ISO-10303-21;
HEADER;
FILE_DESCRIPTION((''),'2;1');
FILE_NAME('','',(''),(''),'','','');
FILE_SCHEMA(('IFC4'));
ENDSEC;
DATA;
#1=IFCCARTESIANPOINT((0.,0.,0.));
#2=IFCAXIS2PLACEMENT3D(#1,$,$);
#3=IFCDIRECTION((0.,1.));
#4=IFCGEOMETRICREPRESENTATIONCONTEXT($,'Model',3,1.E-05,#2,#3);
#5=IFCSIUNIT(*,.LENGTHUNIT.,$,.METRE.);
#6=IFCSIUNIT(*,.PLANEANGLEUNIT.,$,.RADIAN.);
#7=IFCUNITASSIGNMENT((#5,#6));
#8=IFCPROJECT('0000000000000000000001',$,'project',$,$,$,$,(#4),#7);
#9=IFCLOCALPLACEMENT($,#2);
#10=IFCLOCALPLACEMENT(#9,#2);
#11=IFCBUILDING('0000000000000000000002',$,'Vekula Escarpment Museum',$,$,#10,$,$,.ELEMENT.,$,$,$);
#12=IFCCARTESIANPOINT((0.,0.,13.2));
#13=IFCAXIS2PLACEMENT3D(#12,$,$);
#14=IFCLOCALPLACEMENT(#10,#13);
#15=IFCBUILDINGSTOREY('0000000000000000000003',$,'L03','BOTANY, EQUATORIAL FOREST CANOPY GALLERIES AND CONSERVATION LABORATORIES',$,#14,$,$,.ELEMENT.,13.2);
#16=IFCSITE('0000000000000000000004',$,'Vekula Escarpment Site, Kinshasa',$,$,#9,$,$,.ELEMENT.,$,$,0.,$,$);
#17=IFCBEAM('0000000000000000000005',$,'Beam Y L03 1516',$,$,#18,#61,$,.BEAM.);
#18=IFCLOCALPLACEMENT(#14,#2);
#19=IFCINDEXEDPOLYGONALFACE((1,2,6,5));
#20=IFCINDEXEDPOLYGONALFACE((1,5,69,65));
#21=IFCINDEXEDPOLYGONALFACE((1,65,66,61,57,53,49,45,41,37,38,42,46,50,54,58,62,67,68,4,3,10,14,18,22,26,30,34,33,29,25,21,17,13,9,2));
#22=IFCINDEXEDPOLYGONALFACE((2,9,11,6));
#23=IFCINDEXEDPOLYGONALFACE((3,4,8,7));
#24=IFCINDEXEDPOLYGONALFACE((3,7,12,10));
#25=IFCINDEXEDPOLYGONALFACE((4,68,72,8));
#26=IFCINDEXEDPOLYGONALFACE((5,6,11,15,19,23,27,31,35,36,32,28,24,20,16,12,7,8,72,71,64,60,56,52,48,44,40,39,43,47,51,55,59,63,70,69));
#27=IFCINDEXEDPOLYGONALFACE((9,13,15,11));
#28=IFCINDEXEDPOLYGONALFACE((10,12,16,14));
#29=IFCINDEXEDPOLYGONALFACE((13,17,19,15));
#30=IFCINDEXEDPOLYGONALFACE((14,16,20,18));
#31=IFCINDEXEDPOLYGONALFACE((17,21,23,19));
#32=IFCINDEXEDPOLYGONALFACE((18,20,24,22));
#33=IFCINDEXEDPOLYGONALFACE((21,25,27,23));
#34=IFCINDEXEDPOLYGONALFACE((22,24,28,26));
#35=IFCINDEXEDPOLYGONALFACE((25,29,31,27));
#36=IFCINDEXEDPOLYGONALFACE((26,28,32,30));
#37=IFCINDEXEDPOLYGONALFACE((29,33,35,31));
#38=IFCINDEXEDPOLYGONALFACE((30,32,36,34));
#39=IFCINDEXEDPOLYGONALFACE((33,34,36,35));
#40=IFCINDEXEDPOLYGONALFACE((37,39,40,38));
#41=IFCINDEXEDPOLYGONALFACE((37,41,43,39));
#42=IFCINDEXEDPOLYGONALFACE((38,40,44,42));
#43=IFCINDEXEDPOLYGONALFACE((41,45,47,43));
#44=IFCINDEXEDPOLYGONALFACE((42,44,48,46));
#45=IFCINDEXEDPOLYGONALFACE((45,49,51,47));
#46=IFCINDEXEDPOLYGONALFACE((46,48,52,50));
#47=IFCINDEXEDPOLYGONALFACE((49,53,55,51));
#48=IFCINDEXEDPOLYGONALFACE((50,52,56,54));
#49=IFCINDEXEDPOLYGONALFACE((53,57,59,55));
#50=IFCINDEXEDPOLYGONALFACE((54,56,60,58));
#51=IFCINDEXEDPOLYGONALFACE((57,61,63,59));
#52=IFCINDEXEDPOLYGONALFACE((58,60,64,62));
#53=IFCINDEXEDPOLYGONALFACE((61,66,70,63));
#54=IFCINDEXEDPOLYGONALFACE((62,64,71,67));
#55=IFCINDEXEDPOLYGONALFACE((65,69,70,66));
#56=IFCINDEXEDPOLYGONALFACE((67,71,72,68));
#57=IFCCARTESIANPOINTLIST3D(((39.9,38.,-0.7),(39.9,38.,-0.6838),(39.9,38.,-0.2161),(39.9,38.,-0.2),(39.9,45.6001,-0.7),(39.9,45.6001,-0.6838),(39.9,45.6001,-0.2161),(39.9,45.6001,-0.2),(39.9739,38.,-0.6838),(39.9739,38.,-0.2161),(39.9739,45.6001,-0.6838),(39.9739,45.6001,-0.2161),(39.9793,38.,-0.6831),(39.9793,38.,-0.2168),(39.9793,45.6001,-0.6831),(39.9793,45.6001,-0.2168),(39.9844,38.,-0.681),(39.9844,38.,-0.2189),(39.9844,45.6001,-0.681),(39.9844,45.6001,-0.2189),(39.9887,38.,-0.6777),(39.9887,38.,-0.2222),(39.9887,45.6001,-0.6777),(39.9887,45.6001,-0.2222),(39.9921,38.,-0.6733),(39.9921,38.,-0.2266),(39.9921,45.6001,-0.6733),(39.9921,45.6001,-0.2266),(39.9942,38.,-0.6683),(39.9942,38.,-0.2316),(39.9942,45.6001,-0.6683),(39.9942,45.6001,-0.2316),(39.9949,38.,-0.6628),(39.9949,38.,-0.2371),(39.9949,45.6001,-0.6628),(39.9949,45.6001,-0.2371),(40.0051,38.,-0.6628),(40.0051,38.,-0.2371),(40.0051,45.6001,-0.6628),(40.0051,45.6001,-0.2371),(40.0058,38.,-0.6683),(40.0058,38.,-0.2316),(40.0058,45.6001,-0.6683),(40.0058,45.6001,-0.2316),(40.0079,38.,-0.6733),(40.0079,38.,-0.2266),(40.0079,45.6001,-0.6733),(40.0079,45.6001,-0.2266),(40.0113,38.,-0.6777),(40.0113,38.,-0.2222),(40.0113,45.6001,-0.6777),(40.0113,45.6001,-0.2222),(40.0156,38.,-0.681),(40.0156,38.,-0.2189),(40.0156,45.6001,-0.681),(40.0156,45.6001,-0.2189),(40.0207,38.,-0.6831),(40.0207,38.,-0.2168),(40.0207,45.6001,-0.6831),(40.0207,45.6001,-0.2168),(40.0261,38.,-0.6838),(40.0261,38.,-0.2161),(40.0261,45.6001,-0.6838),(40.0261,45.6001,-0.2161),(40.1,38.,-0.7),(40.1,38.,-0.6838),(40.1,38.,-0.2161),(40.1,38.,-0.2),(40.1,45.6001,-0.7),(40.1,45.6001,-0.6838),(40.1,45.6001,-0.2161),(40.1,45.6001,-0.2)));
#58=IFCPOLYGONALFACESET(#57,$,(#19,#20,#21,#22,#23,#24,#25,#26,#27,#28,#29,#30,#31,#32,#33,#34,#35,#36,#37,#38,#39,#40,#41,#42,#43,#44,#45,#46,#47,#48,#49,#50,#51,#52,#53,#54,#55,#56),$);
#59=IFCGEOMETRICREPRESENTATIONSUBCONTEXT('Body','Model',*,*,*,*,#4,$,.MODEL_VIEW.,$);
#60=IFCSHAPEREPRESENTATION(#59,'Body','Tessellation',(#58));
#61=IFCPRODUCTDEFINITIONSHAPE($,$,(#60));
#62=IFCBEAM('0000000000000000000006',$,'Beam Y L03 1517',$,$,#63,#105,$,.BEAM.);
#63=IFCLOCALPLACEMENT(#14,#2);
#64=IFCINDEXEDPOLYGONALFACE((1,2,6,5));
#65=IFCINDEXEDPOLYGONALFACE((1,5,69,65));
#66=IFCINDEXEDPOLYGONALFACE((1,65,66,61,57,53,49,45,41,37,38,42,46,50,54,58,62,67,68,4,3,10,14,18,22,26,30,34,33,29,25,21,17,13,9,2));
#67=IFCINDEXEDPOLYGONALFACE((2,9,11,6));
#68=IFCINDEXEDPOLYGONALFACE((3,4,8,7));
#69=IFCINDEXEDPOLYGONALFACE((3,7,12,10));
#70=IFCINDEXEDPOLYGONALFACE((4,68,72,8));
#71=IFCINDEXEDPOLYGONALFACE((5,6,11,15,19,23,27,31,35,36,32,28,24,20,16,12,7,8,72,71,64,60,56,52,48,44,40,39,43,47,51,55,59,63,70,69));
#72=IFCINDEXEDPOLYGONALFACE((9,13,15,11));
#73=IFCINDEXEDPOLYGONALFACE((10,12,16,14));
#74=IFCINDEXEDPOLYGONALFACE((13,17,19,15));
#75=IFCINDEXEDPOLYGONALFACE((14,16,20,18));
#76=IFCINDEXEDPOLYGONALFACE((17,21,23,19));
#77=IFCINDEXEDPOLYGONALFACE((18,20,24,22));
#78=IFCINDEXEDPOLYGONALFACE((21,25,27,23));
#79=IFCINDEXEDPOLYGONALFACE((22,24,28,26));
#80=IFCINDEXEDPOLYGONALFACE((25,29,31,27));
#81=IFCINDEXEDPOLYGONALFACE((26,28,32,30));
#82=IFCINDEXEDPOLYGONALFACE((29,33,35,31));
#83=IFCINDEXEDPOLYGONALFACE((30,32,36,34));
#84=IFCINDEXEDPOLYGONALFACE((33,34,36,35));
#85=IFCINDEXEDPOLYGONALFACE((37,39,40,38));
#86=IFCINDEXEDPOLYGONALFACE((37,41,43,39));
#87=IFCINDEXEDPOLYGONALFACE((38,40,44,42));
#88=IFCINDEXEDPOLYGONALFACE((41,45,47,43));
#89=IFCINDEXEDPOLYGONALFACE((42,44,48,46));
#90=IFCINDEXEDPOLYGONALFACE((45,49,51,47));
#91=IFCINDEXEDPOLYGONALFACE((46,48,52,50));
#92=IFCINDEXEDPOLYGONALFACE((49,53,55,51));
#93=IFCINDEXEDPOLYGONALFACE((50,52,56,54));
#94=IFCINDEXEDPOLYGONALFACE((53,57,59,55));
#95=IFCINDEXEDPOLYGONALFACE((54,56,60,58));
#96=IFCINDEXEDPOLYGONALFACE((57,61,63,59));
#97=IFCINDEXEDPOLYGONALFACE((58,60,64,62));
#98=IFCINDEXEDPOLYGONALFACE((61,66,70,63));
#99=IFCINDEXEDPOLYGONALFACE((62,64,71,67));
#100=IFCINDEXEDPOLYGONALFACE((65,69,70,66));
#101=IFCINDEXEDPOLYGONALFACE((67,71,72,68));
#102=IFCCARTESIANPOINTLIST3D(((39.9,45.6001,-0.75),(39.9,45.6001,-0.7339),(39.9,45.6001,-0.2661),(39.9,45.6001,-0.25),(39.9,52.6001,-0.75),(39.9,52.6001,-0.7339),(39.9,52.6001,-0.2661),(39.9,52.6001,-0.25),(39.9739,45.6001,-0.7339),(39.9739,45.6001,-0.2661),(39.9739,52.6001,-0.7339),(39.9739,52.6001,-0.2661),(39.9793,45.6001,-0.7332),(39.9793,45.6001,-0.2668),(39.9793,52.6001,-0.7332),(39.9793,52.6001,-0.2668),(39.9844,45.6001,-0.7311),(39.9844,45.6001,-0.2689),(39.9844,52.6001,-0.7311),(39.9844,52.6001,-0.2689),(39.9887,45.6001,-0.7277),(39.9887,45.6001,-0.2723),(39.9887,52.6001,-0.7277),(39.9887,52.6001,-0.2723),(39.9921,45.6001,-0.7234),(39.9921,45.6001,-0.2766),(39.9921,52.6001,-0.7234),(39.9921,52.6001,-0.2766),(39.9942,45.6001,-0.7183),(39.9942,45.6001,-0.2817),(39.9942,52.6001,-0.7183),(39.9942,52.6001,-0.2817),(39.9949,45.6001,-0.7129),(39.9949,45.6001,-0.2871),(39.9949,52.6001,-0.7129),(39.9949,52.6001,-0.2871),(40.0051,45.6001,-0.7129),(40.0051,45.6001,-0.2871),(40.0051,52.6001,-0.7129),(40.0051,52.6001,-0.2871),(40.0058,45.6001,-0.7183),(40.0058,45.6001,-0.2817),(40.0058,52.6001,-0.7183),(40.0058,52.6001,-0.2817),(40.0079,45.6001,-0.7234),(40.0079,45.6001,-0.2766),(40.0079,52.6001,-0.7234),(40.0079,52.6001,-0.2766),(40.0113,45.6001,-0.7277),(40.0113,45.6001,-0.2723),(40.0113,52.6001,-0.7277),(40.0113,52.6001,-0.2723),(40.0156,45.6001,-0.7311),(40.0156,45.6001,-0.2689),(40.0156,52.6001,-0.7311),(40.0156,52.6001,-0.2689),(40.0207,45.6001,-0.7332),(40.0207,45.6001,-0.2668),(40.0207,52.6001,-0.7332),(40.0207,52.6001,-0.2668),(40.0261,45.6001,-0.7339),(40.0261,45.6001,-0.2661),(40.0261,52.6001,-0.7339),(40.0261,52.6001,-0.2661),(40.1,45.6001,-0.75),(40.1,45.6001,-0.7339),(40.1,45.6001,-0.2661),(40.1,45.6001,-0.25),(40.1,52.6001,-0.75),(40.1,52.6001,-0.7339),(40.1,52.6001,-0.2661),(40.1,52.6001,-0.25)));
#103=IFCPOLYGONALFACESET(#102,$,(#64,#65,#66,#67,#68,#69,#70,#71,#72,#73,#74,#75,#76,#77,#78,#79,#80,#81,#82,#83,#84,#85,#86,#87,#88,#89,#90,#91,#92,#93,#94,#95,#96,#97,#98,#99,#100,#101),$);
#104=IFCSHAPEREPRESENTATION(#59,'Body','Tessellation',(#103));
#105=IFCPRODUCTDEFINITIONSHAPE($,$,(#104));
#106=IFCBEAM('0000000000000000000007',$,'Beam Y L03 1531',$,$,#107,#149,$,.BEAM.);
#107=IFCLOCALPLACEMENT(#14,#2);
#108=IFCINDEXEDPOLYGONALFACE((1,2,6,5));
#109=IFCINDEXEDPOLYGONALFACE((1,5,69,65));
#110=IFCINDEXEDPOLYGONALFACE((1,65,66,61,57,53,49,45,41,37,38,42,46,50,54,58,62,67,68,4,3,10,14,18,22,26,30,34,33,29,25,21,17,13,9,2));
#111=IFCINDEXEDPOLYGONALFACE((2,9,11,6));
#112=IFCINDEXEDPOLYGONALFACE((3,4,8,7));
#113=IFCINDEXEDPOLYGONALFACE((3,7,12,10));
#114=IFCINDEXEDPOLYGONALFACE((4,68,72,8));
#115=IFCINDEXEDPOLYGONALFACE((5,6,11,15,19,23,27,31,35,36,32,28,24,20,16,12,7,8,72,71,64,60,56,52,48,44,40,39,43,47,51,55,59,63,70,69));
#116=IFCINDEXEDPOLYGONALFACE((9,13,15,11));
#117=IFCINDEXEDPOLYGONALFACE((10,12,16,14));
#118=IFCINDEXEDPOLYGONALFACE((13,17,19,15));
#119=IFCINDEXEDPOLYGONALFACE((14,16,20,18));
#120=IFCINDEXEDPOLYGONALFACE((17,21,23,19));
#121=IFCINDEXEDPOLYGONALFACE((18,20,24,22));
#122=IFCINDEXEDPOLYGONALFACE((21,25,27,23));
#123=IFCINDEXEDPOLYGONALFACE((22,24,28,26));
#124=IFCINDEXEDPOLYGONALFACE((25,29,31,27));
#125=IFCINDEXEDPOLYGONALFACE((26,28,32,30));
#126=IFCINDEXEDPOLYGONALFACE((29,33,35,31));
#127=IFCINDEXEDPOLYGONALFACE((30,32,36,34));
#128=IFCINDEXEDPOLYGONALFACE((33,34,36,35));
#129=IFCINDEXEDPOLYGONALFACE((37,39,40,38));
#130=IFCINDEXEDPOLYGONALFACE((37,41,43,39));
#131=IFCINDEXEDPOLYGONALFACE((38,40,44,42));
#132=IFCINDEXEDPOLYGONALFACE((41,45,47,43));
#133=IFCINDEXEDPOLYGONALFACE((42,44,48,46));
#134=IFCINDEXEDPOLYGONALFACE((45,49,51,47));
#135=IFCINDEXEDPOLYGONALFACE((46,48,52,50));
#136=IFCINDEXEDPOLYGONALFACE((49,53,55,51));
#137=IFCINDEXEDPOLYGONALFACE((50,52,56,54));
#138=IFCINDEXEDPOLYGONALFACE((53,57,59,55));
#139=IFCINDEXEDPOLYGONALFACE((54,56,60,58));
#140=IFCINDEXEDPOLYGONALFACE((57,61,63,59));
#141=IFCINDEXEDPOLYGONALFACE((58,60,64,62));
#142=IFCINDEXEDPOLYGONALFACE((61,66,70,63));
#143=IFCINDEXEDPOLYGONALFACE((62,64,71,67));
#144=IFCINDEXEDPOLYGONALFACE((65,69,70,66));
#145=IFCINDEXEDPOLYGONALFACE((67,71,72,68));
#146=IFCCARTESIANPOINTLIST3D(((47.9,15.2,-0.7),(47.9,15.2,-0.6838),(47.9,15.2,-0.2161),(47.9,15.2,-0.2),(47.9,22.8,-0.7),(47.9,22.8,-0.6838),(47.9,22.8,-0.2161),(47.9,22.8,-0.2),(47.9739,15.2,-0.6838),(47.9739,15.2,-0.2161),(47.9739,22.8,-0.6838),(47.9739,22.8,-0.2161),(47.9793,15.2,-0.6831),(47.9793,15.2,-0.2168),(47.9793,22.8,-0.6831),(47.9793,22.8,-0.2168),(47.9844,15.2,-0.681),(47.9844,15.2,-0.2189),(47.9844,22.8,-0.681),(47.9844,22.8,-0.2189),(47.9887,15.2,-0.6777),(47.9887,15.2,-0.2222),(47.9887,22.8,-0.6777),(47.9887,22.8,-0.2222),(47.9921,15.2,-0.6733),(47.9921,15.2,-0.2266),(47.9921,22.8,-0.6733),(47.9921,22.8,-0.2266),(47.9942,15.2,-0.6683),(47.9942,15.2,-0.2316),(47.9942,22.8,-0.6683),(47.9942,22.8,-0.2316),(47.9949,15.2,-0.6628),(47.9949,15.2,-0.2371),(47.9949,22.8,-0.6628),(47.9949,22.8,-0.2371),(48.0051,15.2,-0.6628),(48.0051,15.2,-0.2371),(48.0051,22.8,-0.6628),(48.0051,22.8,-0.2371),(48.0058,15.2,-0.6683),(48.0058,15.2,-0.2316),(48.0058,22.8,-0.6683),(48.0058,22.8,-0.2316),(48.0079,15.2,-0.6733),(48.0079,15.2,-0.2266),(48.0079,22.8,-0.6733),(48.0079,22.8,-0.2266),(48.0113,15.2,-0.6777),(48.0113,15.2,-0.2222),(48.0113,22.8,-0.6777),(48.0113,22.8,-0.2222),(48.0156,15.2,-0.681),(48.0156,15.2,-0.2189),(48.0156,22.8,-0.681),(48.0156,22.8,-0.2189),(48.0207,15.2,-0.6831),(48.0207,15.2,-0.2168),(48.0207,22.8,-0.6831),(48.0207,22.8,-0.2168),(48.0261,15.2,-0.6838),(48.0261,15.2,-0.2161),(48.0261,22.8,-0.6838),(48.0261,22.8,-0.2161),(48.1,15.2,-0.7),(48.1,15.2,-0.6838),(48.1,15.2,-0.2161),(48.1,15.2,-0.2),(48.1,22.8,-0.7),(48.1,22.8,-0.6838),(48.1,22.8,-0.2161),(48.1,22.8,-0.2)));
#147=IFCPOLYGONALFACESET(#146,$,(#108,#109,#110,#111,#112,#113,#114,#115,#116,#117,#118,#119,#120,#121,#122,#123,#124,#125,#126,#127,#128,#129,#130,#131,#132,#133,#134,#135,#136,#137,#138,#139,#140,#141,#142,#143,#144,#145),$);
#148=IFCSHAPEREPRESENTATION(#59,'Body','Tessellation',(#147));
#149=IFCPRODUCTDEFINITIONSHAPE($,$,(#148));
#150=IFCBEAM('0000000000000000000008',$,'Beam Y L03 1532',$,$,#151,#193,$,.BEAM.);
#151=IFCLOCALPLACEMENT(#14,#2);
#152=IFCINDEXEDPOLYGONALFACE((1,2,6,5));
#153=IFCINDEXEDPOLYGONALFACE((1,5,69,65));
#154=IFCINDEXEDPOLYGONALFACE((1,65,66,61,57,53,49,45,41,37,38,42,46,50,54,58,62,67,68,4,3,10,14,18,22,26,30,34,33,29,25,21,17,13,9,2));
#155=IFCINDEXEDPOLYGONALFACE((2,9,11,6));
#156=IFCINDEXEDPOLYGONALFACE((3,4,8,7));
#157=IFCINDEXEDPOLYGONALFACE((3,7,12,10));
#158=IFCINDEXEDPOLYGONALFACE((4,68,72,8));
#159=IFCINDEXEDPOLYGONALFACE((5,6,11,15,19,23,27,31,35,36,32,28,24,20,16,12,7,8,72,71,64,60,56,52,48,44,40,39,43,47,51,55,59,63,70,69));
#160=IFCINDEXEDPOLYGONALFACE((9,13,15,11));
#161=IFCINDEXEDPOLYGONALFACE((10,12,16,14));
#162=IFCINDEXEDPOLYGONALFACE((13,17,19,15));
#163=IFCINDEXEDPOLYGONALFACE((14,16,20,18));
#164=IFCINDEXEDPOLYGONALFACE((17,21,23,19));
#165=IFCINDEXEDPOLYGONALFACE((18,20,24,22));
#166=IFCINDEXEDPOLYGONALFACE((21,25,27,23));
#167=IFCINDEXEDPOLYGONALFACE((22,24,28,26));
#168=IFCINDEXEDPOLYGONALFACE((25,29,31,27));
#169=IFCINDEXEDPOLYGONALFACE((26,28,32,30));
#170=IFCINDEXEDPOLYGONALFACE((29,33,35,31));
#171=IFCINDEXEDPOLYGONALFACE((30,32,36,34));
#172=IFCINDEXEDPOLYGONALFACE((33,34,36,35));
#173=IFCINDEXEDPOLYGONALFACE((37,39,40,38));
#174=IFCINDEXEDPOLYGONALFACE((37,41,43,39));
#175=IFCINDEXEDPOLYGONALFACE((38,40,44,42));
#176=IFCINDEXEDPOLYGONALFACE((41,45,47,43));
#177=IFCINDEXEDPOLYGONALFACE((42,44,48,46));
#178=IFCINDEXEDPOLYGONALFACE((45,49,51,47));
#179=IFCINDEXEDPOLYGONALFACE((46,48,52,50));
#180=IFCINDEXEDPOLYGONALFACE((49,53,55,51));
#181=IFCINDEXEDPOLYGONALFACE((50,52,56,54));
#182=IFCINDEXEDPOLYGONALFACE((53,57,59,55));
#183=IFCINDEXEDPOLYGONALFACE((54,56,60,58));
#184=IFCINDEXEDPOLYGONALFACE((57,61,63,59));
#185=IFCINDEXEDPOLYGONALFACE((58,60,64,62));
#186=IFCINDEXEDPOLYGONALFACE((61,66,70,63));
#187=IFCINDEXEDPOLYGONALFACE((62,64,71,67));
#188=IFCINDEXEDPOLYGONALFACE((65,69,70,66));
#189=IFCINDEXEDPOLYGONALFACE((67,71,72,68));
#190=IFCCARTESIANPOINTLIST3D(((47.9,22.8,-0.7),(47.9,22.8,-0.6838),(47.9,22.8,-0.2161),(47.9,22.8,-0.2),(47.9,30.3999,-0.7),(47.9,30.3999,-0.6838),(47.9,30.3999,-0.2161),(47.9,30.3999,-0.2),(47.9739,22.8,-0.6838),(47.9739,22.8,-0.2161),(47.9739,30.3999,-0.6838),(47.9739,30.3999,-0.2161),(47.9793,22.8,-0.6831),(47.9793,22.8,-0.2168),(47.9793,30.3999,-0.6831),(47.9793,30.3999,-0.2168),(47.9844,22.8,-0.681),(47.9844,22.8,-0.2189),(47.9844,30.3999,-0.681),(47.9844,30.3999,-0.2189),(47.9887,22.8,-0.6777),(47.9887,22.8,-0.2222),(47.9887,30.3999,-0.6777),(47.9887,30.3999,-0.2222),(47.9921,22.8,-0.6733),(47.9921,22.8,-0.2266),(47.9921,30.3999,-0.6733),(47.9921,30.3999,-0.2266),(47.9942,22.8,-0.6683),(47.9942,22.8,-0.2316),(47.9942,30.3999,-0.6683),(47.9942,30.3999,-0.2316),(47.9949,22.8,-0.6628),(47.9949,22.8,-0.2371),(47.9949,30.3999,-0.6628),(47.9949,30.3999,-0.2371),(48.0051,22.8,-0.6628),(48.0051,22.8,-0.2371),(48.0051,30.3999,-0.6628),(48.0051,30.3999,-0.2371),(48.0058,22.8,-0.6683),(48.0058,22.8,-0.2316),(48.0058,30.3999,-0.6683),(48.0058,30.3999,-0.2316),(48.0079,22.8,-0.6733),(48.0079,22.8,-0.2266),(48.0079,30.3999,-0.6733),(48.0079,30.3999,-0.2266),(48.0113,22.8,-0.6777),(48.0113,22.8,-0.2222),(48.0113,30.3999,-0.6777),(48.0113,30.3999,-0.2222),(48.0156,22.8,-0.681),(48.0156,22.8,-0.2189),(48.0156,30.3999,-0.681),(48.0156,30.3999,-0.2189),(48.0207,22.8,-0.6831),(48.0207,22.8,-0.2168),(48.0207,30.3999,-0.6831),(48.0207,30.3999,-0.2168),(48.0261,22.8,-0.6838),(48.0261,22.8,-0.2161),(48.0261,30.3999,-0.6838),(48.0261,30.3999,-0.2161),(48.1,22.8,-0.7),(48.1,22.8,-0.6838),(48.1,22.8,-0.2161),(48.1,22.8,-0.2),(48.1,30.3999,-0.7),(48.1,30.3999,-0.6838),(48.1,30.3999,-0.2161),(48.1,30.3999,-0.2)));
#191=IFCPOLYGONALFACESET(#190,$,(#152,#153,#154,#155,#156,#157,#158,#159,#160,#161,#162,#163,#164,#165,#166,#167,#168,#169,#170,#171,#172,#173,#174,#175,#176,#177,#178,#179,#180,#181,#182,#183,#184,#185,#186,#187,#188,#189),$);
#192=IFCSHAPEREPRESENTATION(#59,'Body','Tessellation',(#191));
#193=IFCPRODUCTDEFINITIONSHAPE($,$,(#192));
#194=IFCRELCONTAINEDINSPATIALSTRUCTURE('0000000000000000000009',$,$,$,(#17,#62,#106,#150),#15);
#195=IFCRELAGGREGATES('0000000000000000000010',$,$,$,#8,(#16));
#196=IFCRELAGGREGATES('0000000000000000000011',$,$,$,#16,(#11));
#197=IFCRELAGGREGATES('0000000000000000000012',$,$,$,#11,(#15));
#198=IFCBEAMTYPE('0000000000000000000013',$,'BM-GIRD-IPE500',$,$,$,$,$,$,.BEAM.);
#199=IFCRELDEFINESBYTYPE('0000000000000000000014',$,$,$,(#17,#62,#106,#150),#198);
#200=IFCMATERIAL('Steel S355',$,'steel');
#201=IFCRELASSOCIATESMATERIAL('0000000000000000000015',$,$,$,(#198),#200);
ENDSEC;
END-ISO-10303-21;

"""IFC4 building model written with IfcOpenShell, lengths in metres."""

from ifc_helpers import new_model, si_unit, direction, frame, origin, origin_2d, place, context, subcontext, project, spatial, i_section, extrude, material, material_profile, profile_set, type_object, element, save


model = new_model("IFC4")

# Units and contexts
model_context = context("Model", 3, precision=1e-05, world=origin(), true_north=direction((0.0, 1.0)))
body_context = subcontext(model_context, "Body", "Model", "MODEL_VIEW")
ifc_project = project(units=[si_unit("LENGTHUNIT", "METRE"), si_unit("PLANEANGLEUNIT", "RADIAN")], contexts=[model_context])

# Site, building, storey
site_placement = place(None, origin())
site = spatial("IfcSite", under=ifc_project, at=site_placement, Name="Vekula Escarpment Site, Kinshasa", CompositionType="ELEMENT", RefElevation=0.0)
building_placement = place(site_placement, origin())
building = spatial("IfcBuilding", under=site, at=building_placement, Name="Vekula Escarpment Museum", CompositionType="ELEMENT")
storey_placement = place(building_placement, frame((0.0, 0.0, 13.2)))
storey = spatial("IfcBuildingStorey", under=building, at=storey_placement, Name="L03", Description="BOTANY, EQUATORIAL FOREST CANOPY GALLERIES AND CONSERVATION LABORATORIES", CompositionType="ELEMENT", Elevation=13.2)

# Beams
ifc_material_1 = material(Name="Steel S355", Category="steel")
ifc_material_profile_1 = material_profile(ifc_material_1, i_section(OverallWidth=0.2, OverallDepth=0.5, WebThickness=0.0103, FlangeThickness=0.0161, FilletRadius=0.021, at=origin_2d()), Name="IPE 500")
ifc_profile_set_1 = profile_set([ifc_material_profile_1], Name="Steel S355")
beam_type_1 = type_object("IfcBeamType", Name="BM-GIRD-IPE500", PredefinedType="BEAM", material=ifc_profile_set_1)
for number, where, z_axis, x_axis, name in (
    (1, (40.0, 38.0, -0.45), (0.0, 1.0, 0.0), (-1.0, 0.0, 0.0), "Beam Y L03 1516"),
):
    element("IfcBeam", number, at=place(storey_placement, frame(where, z_axis=z_axis, x_axis=x_axis)), inside=storey, type_object=beam_type_1, Name=name, PredefinedType="BEAM", context=body_context, shape_type="SweptSolid", body=[
        extrude(i_section(OverallWidth=0.2, OverallDepth=0.5, WebThickness=0.0103, FlangeThickness=0.0161, FilletRadius=0.021, at=origin_2d()), origin(), (0.0, 0.0, 1.0), 7.6001),
    ])
beam_1_placement = place(storey_placement, frame((40.0, 45.6001, -0.5), z_axis=(0.0, 1.0, 0.0), x_axis=(-1.0, 0.0, 0.0)))
element("IfcBeam", 2, at=beam_1_placement, inside=storey, type_object=beam_type_1, Name="Beam Y L03 1517", PredefinedType="BEAM", context=body_context, shape_type="SweptSolid", body=[
    extrude(i_section(OverallWidth=0.2, OverallDepth=0.5, WebThickness=0.0103, FlangeThickness=0.0161, FilletRadius=0.021, at=origin_2d()), origin(), (0.0, 0.0, 1.0), 7.0),
])
beam_2_placement = place(storey_placement, frame((48.0, 15.2, -0.45), z_axis=(0.0, 1.0, 0.0), x_axis=(-1.0, 0.0, 0.0)))
element("IfcBeam", 3, at=beam_2_placement, inside=storey, type_object=beam_type_1, Name="Beam Y L03 1531", PredefinedType="BEAM", context=body_context, shape_type="SweptSolid", body=[
    extrude(i_section(OverallWidth=0.2, OverallDepth=0.5, WebThickness=0.0103, FlangeThickness=0.0161, FilletRadius=0.021, at=origin_2d()), origin(), (0.0, 0.0, 1.0), 7.6001),
])
beam_3_placement = place(storey_placement, frame((48.0, 22.8, -0.45), z_axis=(0.0, 1.0, 0.0), x_axis=(-1.0, 0.0, 0.0)))
element("IfcBeam", 4, at=beam_3_placement, inside=storey, type_object=beam_type_1, Name="Beam Y L03 1532", PredefinedType="BEAM", context=body_context, shape_type="SweptSolid", body=[
    extrude(i_section(OverallWidth=0.2, OverallDepth=0.5, WebThickness=0.0103, FlangeThickness=0.0161, FilletRadius=0.021, at=origin_2d()), origin(), (0.0, 0.0, 1.0), 7.5999),
])

save(model, "model.ifc")
